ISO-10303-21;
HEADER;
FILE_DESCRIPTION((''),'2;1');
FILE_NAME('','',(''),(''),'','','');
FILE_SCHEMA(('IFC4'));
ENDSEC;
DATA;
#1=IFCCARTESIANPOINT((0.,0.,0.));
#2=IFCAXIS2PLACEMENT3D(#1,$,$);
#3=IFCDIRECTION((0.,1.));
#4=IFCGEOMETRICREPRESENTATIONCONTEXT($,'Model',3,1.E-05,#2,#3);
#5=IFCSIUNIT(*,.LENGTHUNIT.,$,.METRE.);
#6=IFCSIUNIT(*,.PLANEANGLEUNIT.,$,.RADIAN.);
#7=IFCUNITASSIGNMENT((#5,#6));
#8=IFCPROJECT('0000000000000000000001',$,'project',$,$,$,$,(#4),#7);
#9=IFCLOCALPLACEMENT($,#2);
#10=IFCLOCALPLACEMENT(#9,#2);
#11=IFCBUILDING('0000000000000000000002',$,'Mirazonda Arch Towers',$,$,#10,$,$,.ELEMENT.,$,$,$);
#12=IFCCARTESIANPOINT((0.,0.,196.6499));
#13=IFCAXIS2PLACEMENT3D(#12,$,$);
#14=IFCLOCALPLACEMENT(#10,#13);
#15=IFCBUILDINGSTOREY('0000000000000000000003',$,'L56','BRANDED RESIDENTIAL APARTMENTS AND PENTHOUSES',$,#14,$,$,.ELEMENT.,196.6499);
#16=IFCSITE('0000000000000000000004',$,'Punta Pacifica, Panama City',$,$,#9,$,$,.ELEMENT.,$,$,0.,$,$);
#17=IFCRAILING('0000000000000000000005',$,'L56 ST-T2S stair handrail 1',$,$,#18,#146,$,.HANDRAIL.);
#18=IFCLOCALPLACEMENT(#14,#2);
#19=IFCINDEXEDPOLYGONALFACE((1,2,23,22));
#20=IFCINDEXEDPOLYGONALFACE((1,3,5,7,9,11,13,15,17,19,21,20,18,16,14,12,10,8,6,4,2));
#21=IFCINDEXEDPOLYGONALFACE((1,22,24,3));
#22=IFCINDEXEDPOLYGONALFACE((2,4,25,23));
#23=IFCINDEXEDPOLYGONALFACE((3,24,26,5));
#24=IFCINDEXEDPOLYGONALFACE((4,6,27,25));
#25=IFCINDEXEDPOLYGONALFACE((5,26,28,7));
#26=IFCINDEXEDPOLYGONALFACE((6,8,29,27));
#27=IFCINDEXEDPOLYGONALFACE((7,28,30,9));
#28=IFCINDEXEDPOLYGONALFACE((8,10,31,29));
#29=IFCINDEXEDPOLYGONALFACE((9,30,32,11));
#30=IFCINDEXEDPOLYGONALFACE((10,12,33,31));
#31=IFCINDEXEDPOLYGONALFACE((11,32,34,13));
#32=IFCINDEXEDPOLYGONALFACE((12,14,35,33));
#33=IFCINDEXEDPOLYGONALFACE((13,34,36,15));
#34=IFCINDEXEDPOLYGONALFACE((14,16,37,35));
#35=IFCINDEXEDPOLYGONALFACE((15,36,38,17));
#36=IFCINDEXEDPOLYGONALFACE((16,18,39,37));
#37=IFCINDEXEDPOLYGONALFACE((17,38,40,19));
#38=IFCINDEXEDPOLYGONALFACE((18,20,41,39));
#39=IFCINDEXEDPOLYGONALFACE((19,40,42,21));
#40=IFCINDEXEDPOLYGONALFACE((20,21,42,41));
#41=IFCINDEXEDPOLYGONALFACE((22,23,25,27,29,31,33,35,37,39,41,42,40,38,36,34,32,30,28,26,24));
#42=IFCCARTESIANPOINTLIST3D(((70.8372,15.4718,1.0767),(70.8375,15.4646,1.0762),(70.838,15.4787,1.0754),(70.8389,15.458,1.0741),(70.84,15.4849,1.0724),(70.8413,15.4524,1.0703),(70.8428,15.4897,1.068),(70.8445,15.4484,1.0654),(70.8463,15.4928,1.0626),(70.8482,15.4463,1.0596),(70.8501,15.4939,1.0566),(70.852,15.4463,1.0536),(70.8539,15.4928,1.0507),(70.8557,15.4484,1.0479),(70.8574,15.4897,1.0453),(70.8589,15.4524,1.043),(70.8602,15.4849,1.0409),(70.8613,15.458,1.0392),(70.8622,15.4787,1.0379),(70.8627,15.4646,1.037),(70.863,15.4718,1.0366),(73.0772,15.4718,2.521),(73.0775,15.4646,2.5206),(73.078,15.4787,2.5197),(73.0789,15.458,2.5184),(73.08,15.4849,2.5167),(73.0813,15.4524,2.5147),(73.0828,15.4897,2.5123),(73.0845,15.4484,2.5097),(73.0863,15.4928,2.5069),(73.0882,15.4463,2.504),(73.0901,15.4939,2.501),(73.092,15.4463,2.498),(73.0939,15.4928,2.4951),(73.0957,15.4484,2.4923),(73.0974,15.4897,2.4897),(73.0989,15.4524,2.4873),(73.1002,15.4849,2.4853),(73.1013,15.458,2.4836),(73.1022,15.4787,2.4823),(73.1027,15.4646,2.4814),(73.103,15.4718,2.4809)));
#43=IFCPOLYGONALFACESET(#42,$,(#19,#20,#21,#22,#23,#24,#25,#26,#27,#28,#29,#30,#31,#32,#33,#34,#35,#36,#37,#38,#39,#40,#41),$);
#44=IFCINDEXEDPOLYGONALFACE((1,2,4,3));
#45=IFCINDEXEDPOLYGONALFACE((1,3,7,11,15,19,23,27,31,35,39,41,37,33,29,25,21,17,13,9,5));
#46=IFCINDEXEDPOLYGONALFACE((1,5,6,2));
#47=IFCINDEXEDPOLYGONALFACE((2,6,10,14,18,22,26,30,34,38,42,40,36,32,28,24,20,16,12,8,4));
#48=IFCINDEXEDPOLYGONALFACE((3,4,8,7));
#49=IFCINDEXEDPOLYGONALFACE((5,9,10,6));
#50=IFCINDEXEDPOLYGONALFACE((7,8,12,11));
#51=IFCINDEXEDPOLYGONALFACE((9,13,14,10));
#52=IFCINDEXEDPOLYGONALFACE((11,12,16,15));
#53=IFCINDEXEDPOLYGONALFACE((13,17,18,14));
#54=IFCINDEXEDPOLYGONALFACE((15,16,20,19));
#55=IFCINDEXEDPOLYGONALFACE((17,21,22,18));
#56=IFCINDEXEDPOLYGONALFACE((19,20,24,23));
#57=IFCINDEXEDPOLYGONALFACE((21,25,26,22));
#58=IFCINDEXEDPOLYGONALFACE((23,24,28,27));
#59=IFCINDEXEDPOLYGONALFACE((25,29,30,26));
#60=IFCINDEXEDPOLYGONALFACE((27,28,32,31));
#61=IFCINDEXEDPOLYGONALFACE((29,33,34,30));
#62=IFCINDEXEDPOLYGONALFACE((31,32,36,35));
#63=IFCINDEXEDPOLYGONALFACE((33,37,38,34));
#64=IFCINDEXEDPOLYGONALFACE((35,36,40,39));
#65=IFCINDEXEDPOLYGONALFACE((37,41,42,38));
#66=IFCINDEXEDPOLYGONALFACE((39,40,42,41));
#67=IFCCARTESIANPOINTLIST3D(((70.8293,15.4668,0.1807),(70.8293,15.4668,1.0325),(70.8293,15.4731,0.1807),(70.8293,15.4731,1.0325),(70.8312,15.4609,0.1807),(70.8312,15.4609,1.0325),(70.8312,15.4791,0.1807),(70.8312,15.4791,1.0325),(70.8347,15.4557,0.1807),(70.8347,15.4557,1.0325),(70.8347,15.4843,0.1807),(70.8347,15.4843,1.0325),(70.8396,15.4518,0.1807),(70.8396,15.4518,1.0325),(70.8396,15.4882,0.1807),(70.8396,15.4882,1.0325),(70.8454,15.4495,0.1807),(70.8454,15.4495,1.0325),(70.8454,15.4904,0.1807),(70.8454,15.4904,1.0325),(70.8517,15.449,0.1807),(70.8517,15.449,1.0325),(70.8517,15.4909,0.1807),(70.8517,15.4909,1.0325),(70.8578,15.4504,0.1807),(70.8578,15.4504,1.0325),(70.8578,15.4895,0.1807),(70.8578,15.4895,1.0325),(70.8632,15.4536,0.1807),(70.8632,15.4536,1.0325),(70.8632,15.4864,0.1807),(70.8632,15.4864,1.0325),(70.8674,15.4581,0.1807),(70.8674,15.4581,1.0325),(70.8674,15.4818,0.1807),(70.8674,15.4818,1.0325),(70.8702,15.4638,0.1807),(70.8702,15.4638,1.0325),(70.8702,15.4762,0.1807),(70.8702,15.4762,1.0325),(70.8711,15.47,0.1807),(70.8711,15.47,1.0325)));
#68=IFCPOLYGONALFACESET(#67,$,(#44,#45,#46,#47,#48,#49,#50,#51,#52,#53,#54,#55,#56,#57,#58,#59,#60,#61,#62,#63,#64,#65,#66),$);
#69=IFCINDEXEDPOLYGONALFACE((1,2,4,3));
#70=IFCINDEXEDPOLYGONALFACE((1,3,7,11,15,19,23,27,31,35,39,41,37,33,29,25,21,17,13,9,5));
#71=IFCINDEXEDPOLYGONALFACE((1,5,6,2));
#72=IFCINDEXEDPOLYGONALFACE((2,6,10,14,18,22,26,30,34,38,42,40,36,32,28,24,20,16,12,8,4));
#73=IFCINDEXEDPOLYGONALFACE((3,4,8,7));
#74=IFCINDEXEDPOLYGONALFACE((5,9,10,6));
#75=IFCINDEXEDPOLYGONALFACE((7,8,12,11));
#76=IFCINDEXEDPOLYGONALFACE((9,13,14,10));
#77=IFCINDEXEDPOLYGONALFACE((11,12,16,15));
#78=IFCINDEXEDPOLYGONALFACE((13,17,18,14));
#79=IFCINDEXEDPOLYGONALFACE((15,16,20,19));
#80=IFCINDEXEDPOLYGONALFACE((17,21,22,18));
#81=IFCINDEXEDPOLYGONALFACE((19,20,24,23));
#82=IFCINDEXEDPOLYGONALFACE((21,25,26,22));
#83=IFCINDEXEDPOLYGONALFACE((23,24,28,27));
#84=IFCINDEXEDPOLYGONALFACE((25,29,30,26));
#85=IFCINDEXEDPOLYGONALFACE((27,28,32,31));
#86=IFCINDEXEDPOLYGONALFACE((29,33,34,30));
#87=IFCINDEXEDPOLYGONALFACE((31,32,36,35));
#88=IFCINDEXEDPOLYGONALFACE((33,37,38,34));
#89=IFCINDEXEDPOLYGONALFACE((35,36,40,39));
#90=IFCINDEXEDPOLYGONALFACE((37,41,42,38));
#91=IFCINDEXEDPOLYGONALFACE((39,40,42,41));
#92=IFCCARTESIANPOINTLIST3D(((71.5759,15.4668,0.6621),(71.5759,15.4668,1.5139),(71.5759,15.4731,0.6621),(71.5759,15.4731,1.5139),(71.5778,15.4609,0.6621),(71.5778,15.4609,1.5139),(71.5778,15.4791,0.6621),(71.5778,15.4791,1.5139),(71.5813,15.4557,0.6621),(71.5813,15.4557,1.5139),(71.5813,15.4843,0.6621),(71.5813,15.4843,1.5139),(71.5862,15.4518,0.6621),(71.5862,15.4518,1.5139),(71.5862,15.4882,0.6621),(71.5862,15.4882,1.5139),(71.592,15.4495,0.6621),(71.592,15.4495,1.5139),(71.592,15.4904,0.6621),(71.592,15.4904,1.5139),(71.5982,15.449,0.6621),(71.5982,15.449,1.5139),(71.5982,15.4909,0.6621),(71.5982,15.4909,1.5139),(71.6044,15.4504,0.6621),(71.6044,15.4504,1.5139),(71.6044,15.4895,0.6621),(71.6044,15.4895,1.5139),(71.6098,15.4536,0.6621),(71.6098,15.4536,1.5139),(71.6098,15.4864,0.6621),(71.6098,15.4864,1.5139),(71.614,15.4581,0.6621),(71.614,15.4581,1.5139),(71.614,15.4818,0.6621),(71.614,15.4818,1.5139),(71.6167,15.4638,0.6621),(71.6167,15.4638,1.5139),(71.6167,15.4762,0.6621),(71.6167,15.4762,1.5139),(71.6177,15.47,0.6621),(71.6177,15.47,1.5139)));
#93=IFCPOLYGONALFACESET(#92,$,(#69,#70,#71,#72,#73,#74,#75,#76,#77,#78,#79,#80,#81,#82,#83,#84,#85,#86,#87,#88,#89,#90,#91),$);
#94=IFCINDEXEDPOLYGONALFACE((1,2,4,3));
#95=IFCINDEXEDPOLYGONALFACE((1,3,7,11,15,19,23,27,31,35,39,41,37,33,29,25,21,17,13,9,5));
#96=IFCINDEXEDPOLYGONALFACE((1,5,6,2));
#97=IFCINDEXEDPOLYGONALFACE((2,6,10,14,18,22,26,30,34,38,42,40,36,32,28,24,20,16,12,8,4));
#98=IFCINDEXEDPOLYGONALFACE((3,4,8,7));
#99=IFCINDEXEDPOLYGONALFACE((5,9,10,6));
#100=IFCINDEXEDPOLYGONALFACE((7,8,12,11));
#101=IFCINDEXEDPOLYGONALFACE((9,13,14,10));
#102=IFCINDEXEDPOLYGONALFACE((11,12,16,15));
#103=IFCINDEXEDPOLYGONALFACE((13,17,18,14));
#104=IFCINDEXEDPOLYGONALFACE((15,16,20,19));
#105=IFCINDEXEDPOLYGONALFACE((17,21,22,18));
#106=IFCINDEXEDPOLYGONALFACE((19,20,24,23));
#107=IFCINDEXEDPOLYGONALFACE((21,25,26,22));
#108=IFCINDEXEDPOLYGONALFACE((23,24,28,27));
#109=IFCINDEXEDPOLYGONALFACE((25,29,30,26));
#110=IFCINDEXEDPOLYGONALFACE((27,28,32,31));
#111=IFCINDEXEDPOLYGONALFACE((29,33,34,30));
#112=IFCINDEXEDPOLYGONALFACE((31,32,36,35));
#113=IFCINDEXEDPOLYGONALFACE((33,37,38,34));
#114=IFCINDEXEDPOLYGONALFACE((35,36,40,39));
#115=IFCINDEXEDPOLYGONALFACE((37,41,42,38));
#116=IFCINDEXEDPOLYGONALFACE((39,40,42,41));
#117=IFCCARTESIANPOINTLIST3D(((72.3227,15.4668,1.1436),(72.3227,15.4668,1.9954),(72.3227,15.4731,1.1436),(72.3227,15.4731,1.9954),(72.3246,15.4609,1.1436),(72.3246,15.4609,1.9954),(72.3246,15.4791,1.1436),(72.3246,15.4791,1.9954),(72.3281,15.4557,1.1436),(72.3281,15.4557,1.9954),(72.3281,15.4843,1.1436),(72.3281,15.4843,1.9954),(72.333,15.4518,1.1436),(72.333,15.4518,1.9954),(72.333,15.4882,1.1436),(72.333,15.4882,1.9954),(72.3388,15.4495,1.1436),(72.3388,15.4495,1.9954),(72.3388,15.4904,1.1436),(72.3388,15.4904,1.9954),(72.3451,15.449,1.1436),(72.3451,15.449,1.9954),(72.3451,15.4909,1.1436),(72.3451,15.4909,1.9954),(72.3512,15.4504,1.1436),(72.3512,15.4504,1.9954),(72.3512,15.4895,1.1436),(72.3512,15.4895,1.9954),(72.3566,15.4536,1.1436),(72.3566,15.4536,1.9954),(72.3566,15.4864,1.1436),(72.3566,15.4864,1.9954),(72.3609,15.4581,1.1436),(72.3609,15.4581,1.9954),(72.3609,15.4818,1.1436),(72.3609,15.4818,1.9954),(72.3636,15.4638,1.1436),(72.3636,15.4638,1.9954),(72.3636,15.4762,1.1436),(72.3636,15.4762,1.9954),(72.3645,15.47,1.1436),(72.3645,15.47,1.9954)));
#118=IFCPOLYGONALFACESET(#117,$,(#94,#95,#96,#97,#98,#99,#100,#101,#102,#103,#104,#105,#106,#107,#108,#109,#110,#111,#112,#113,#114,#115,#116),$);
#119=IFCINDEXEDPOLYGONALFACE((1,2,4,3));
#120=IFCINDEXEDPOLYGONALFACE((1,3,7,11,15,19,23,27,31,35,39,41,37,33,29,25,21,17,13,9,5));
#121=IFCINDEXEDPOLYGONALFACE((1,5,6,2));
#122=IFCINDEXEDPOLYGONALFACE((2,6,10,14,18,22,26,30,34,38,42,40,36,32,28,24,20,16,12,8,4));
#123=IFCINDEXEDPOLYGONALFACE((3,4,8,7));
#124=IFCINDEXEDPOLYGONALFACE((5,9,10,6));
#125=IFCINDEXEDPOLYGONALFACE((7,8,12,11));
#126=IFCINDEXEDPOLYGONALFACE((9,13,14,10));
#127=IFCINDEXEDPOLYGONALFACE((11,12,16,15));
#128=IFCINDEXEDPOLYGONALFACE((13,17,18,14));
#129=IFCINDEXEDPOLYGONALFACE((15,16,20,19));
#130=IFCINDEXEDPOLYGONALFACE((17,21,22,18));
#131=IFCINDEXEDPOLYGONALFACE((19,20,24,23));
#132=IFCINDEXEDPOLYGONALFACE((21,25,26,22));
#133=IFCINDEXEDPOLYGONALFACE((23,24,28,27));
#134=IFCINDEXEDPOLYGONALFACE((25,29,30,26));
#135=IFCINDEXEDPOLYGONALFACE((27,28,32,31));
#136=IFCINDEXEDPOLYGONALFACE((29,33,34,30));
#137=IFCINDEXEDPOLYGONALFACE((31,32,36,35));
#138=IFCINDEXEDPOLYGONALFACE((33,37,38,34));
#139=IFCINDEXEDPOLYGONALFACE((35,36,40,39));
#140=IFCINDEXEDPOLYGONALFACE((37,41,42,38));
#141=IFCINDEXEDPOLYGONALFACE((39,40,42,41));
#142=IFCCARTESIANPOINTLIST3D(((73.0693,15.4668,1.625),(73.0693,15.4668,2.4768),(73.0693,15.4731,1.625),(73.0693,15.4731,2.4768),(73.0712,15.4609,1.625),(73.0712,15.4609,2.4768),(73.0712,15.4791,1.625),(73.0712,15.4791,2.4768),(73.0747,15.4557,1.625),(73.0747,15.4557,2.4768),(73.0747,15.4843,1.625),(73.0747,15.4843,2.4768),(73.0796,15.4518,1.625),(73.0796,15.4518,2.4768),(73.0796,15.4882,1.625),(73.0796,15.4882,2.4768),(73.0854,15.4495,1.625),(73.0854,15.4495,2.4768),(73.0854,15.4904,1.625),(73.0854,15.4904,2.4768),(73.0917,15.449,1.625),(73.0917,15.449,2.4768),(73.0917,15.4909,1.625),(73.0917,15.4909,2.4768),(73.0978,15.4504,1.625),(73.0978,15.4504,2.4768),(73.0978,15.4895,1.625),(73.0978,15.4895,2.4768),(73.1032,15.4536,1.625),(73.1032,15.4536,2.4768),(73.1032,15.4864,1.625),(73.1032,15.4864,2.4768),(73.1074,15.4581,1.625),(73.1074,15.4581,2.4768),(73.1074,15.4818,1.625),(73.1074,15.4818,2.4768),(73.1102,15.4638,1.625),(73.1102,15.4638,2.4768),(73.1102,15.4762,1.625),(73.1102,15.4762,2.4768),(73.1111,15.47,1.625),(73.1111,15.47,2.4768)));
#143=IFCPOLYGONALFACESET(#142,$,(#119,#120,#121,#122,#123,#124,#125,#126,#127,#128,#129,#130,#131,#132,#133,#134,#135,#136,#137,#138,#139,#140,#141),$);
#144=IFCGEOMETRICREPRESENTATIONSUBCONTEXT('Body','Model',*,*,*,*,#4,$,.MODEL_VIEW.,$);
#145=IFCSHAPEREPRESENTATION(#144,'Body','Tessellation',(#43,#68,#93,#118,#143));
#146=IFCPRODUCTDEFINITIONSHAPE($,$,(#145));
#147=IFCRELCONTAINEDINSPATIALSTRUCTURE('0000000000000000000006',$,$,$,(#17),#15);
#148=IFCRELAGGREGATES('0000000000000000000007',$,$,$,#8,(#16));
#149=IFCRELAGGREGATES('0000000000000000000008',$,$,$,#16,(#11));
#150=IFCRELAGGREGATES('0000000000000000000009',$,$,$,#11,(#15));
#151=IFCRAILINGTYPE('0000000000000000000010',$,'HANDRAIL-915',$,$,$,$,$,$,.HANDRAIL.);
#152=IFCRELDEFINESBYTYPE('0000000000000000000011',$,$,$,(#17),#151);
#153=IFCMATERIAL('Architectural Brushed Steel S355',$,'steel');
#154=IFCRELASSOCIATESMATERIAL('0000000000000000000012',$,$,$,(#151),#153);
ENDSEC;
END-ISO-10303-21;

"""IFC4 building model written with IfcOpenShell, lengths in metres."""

from ifc_helpers import new_model, si_unit, direction, frame, origin, origin_2d, place, context, subcontext, project, spatial, circle, extrude, material, type_object, element, save


model = new_model("IFC4")

# Units and contexts
model_context = context("Model", 3, precision=1e-05, world=origin(), true_north=direction((0.0, 1.0)))
body_context = subcontext(model_context, "Body", "Model", "MODEL_VIEW")
ifc_project = project(units=[si_unit("LENGTHUNIT", "METRE"), si_unit("PLANEANGLEUNIT", "RADIAN")], contexts=[model_context])

# Site, building, storey
site_placement = place(None, origin())
site = spatial("IfcSite", under=ifc_project, at=site_placement, Name="Punta Pacifica, Panama City", CompositionType="ELEMENT", RefElevation=0.0)
building_placement = place(site_placement, origin())
building = spatial("IfcBuilding", under=site, at=building_placement, Name="Mirazonda Arch Towers", CompositionType="ELEMENT")
storey_placement = place(building_placement, frame((0.0, 0.0, 196.6499)))
storey = spatial("IfcBuildingStorey", under=building, at=storey_placement, Name="L56", Description="BRANDED RESIDENTIAL APARTMENTS AND PENTHOUSES", CompositionType="ELEMENT", Elevation=196.6499)

# Railing
ifc_material_1 = material(Name="Architectural Brushed Steel S355", Category="steel")
railing_type_1 = type_object("IfcRailingType", Name="HANDRAIL-915", PredefinedType="HANDRAIL", material=ifc_material_1)
railing_1_placement = place(storey_placement, frame((70.8501, 15.47, 0.1807)))
element("IfcRailing", 1, at=railing_1_placement, inside=storey, type_object=railing_type_1, Name="L56 ST-T2S stair handrail 1", PredefinedType="HANDRAIL", context=body_context, shape_type="SweptSolid", body=[
    extrude(circle(Radius=0.0239, at=origin_2d()), frame((0.0, 0.0, 0.876), z_axis=(0.840437, 0.0, 0.54191), x_axis=(0.0, 1.0, 0.0)), (0.0, 0.0, 1.0), 2.6653),
    extrude(circle(Radius=0.021, at=origin_2d()), origin(), (0.0, 0.0, 1.0), 0.8518),
    extrude(circle(Radius=0.021, at=origin_2d()), frame((0.7466, 0.0, 0.4814)), (0.0, 0.0, 1.0), 0.8518),
    extrude(circle(Radius=0.021, at=origin_2d()), frame((1.4934, 0.0, 0.9629)), (0.0, 0.0, 1.0), 0.8518),
    extrude(circle(Radius=0.021, at=origin_2d()), frame((2.24, 0.0, 1.4443)), (0.0, 0.0, 1.0), 0.8518),
])

save(model, "model.ifc")
